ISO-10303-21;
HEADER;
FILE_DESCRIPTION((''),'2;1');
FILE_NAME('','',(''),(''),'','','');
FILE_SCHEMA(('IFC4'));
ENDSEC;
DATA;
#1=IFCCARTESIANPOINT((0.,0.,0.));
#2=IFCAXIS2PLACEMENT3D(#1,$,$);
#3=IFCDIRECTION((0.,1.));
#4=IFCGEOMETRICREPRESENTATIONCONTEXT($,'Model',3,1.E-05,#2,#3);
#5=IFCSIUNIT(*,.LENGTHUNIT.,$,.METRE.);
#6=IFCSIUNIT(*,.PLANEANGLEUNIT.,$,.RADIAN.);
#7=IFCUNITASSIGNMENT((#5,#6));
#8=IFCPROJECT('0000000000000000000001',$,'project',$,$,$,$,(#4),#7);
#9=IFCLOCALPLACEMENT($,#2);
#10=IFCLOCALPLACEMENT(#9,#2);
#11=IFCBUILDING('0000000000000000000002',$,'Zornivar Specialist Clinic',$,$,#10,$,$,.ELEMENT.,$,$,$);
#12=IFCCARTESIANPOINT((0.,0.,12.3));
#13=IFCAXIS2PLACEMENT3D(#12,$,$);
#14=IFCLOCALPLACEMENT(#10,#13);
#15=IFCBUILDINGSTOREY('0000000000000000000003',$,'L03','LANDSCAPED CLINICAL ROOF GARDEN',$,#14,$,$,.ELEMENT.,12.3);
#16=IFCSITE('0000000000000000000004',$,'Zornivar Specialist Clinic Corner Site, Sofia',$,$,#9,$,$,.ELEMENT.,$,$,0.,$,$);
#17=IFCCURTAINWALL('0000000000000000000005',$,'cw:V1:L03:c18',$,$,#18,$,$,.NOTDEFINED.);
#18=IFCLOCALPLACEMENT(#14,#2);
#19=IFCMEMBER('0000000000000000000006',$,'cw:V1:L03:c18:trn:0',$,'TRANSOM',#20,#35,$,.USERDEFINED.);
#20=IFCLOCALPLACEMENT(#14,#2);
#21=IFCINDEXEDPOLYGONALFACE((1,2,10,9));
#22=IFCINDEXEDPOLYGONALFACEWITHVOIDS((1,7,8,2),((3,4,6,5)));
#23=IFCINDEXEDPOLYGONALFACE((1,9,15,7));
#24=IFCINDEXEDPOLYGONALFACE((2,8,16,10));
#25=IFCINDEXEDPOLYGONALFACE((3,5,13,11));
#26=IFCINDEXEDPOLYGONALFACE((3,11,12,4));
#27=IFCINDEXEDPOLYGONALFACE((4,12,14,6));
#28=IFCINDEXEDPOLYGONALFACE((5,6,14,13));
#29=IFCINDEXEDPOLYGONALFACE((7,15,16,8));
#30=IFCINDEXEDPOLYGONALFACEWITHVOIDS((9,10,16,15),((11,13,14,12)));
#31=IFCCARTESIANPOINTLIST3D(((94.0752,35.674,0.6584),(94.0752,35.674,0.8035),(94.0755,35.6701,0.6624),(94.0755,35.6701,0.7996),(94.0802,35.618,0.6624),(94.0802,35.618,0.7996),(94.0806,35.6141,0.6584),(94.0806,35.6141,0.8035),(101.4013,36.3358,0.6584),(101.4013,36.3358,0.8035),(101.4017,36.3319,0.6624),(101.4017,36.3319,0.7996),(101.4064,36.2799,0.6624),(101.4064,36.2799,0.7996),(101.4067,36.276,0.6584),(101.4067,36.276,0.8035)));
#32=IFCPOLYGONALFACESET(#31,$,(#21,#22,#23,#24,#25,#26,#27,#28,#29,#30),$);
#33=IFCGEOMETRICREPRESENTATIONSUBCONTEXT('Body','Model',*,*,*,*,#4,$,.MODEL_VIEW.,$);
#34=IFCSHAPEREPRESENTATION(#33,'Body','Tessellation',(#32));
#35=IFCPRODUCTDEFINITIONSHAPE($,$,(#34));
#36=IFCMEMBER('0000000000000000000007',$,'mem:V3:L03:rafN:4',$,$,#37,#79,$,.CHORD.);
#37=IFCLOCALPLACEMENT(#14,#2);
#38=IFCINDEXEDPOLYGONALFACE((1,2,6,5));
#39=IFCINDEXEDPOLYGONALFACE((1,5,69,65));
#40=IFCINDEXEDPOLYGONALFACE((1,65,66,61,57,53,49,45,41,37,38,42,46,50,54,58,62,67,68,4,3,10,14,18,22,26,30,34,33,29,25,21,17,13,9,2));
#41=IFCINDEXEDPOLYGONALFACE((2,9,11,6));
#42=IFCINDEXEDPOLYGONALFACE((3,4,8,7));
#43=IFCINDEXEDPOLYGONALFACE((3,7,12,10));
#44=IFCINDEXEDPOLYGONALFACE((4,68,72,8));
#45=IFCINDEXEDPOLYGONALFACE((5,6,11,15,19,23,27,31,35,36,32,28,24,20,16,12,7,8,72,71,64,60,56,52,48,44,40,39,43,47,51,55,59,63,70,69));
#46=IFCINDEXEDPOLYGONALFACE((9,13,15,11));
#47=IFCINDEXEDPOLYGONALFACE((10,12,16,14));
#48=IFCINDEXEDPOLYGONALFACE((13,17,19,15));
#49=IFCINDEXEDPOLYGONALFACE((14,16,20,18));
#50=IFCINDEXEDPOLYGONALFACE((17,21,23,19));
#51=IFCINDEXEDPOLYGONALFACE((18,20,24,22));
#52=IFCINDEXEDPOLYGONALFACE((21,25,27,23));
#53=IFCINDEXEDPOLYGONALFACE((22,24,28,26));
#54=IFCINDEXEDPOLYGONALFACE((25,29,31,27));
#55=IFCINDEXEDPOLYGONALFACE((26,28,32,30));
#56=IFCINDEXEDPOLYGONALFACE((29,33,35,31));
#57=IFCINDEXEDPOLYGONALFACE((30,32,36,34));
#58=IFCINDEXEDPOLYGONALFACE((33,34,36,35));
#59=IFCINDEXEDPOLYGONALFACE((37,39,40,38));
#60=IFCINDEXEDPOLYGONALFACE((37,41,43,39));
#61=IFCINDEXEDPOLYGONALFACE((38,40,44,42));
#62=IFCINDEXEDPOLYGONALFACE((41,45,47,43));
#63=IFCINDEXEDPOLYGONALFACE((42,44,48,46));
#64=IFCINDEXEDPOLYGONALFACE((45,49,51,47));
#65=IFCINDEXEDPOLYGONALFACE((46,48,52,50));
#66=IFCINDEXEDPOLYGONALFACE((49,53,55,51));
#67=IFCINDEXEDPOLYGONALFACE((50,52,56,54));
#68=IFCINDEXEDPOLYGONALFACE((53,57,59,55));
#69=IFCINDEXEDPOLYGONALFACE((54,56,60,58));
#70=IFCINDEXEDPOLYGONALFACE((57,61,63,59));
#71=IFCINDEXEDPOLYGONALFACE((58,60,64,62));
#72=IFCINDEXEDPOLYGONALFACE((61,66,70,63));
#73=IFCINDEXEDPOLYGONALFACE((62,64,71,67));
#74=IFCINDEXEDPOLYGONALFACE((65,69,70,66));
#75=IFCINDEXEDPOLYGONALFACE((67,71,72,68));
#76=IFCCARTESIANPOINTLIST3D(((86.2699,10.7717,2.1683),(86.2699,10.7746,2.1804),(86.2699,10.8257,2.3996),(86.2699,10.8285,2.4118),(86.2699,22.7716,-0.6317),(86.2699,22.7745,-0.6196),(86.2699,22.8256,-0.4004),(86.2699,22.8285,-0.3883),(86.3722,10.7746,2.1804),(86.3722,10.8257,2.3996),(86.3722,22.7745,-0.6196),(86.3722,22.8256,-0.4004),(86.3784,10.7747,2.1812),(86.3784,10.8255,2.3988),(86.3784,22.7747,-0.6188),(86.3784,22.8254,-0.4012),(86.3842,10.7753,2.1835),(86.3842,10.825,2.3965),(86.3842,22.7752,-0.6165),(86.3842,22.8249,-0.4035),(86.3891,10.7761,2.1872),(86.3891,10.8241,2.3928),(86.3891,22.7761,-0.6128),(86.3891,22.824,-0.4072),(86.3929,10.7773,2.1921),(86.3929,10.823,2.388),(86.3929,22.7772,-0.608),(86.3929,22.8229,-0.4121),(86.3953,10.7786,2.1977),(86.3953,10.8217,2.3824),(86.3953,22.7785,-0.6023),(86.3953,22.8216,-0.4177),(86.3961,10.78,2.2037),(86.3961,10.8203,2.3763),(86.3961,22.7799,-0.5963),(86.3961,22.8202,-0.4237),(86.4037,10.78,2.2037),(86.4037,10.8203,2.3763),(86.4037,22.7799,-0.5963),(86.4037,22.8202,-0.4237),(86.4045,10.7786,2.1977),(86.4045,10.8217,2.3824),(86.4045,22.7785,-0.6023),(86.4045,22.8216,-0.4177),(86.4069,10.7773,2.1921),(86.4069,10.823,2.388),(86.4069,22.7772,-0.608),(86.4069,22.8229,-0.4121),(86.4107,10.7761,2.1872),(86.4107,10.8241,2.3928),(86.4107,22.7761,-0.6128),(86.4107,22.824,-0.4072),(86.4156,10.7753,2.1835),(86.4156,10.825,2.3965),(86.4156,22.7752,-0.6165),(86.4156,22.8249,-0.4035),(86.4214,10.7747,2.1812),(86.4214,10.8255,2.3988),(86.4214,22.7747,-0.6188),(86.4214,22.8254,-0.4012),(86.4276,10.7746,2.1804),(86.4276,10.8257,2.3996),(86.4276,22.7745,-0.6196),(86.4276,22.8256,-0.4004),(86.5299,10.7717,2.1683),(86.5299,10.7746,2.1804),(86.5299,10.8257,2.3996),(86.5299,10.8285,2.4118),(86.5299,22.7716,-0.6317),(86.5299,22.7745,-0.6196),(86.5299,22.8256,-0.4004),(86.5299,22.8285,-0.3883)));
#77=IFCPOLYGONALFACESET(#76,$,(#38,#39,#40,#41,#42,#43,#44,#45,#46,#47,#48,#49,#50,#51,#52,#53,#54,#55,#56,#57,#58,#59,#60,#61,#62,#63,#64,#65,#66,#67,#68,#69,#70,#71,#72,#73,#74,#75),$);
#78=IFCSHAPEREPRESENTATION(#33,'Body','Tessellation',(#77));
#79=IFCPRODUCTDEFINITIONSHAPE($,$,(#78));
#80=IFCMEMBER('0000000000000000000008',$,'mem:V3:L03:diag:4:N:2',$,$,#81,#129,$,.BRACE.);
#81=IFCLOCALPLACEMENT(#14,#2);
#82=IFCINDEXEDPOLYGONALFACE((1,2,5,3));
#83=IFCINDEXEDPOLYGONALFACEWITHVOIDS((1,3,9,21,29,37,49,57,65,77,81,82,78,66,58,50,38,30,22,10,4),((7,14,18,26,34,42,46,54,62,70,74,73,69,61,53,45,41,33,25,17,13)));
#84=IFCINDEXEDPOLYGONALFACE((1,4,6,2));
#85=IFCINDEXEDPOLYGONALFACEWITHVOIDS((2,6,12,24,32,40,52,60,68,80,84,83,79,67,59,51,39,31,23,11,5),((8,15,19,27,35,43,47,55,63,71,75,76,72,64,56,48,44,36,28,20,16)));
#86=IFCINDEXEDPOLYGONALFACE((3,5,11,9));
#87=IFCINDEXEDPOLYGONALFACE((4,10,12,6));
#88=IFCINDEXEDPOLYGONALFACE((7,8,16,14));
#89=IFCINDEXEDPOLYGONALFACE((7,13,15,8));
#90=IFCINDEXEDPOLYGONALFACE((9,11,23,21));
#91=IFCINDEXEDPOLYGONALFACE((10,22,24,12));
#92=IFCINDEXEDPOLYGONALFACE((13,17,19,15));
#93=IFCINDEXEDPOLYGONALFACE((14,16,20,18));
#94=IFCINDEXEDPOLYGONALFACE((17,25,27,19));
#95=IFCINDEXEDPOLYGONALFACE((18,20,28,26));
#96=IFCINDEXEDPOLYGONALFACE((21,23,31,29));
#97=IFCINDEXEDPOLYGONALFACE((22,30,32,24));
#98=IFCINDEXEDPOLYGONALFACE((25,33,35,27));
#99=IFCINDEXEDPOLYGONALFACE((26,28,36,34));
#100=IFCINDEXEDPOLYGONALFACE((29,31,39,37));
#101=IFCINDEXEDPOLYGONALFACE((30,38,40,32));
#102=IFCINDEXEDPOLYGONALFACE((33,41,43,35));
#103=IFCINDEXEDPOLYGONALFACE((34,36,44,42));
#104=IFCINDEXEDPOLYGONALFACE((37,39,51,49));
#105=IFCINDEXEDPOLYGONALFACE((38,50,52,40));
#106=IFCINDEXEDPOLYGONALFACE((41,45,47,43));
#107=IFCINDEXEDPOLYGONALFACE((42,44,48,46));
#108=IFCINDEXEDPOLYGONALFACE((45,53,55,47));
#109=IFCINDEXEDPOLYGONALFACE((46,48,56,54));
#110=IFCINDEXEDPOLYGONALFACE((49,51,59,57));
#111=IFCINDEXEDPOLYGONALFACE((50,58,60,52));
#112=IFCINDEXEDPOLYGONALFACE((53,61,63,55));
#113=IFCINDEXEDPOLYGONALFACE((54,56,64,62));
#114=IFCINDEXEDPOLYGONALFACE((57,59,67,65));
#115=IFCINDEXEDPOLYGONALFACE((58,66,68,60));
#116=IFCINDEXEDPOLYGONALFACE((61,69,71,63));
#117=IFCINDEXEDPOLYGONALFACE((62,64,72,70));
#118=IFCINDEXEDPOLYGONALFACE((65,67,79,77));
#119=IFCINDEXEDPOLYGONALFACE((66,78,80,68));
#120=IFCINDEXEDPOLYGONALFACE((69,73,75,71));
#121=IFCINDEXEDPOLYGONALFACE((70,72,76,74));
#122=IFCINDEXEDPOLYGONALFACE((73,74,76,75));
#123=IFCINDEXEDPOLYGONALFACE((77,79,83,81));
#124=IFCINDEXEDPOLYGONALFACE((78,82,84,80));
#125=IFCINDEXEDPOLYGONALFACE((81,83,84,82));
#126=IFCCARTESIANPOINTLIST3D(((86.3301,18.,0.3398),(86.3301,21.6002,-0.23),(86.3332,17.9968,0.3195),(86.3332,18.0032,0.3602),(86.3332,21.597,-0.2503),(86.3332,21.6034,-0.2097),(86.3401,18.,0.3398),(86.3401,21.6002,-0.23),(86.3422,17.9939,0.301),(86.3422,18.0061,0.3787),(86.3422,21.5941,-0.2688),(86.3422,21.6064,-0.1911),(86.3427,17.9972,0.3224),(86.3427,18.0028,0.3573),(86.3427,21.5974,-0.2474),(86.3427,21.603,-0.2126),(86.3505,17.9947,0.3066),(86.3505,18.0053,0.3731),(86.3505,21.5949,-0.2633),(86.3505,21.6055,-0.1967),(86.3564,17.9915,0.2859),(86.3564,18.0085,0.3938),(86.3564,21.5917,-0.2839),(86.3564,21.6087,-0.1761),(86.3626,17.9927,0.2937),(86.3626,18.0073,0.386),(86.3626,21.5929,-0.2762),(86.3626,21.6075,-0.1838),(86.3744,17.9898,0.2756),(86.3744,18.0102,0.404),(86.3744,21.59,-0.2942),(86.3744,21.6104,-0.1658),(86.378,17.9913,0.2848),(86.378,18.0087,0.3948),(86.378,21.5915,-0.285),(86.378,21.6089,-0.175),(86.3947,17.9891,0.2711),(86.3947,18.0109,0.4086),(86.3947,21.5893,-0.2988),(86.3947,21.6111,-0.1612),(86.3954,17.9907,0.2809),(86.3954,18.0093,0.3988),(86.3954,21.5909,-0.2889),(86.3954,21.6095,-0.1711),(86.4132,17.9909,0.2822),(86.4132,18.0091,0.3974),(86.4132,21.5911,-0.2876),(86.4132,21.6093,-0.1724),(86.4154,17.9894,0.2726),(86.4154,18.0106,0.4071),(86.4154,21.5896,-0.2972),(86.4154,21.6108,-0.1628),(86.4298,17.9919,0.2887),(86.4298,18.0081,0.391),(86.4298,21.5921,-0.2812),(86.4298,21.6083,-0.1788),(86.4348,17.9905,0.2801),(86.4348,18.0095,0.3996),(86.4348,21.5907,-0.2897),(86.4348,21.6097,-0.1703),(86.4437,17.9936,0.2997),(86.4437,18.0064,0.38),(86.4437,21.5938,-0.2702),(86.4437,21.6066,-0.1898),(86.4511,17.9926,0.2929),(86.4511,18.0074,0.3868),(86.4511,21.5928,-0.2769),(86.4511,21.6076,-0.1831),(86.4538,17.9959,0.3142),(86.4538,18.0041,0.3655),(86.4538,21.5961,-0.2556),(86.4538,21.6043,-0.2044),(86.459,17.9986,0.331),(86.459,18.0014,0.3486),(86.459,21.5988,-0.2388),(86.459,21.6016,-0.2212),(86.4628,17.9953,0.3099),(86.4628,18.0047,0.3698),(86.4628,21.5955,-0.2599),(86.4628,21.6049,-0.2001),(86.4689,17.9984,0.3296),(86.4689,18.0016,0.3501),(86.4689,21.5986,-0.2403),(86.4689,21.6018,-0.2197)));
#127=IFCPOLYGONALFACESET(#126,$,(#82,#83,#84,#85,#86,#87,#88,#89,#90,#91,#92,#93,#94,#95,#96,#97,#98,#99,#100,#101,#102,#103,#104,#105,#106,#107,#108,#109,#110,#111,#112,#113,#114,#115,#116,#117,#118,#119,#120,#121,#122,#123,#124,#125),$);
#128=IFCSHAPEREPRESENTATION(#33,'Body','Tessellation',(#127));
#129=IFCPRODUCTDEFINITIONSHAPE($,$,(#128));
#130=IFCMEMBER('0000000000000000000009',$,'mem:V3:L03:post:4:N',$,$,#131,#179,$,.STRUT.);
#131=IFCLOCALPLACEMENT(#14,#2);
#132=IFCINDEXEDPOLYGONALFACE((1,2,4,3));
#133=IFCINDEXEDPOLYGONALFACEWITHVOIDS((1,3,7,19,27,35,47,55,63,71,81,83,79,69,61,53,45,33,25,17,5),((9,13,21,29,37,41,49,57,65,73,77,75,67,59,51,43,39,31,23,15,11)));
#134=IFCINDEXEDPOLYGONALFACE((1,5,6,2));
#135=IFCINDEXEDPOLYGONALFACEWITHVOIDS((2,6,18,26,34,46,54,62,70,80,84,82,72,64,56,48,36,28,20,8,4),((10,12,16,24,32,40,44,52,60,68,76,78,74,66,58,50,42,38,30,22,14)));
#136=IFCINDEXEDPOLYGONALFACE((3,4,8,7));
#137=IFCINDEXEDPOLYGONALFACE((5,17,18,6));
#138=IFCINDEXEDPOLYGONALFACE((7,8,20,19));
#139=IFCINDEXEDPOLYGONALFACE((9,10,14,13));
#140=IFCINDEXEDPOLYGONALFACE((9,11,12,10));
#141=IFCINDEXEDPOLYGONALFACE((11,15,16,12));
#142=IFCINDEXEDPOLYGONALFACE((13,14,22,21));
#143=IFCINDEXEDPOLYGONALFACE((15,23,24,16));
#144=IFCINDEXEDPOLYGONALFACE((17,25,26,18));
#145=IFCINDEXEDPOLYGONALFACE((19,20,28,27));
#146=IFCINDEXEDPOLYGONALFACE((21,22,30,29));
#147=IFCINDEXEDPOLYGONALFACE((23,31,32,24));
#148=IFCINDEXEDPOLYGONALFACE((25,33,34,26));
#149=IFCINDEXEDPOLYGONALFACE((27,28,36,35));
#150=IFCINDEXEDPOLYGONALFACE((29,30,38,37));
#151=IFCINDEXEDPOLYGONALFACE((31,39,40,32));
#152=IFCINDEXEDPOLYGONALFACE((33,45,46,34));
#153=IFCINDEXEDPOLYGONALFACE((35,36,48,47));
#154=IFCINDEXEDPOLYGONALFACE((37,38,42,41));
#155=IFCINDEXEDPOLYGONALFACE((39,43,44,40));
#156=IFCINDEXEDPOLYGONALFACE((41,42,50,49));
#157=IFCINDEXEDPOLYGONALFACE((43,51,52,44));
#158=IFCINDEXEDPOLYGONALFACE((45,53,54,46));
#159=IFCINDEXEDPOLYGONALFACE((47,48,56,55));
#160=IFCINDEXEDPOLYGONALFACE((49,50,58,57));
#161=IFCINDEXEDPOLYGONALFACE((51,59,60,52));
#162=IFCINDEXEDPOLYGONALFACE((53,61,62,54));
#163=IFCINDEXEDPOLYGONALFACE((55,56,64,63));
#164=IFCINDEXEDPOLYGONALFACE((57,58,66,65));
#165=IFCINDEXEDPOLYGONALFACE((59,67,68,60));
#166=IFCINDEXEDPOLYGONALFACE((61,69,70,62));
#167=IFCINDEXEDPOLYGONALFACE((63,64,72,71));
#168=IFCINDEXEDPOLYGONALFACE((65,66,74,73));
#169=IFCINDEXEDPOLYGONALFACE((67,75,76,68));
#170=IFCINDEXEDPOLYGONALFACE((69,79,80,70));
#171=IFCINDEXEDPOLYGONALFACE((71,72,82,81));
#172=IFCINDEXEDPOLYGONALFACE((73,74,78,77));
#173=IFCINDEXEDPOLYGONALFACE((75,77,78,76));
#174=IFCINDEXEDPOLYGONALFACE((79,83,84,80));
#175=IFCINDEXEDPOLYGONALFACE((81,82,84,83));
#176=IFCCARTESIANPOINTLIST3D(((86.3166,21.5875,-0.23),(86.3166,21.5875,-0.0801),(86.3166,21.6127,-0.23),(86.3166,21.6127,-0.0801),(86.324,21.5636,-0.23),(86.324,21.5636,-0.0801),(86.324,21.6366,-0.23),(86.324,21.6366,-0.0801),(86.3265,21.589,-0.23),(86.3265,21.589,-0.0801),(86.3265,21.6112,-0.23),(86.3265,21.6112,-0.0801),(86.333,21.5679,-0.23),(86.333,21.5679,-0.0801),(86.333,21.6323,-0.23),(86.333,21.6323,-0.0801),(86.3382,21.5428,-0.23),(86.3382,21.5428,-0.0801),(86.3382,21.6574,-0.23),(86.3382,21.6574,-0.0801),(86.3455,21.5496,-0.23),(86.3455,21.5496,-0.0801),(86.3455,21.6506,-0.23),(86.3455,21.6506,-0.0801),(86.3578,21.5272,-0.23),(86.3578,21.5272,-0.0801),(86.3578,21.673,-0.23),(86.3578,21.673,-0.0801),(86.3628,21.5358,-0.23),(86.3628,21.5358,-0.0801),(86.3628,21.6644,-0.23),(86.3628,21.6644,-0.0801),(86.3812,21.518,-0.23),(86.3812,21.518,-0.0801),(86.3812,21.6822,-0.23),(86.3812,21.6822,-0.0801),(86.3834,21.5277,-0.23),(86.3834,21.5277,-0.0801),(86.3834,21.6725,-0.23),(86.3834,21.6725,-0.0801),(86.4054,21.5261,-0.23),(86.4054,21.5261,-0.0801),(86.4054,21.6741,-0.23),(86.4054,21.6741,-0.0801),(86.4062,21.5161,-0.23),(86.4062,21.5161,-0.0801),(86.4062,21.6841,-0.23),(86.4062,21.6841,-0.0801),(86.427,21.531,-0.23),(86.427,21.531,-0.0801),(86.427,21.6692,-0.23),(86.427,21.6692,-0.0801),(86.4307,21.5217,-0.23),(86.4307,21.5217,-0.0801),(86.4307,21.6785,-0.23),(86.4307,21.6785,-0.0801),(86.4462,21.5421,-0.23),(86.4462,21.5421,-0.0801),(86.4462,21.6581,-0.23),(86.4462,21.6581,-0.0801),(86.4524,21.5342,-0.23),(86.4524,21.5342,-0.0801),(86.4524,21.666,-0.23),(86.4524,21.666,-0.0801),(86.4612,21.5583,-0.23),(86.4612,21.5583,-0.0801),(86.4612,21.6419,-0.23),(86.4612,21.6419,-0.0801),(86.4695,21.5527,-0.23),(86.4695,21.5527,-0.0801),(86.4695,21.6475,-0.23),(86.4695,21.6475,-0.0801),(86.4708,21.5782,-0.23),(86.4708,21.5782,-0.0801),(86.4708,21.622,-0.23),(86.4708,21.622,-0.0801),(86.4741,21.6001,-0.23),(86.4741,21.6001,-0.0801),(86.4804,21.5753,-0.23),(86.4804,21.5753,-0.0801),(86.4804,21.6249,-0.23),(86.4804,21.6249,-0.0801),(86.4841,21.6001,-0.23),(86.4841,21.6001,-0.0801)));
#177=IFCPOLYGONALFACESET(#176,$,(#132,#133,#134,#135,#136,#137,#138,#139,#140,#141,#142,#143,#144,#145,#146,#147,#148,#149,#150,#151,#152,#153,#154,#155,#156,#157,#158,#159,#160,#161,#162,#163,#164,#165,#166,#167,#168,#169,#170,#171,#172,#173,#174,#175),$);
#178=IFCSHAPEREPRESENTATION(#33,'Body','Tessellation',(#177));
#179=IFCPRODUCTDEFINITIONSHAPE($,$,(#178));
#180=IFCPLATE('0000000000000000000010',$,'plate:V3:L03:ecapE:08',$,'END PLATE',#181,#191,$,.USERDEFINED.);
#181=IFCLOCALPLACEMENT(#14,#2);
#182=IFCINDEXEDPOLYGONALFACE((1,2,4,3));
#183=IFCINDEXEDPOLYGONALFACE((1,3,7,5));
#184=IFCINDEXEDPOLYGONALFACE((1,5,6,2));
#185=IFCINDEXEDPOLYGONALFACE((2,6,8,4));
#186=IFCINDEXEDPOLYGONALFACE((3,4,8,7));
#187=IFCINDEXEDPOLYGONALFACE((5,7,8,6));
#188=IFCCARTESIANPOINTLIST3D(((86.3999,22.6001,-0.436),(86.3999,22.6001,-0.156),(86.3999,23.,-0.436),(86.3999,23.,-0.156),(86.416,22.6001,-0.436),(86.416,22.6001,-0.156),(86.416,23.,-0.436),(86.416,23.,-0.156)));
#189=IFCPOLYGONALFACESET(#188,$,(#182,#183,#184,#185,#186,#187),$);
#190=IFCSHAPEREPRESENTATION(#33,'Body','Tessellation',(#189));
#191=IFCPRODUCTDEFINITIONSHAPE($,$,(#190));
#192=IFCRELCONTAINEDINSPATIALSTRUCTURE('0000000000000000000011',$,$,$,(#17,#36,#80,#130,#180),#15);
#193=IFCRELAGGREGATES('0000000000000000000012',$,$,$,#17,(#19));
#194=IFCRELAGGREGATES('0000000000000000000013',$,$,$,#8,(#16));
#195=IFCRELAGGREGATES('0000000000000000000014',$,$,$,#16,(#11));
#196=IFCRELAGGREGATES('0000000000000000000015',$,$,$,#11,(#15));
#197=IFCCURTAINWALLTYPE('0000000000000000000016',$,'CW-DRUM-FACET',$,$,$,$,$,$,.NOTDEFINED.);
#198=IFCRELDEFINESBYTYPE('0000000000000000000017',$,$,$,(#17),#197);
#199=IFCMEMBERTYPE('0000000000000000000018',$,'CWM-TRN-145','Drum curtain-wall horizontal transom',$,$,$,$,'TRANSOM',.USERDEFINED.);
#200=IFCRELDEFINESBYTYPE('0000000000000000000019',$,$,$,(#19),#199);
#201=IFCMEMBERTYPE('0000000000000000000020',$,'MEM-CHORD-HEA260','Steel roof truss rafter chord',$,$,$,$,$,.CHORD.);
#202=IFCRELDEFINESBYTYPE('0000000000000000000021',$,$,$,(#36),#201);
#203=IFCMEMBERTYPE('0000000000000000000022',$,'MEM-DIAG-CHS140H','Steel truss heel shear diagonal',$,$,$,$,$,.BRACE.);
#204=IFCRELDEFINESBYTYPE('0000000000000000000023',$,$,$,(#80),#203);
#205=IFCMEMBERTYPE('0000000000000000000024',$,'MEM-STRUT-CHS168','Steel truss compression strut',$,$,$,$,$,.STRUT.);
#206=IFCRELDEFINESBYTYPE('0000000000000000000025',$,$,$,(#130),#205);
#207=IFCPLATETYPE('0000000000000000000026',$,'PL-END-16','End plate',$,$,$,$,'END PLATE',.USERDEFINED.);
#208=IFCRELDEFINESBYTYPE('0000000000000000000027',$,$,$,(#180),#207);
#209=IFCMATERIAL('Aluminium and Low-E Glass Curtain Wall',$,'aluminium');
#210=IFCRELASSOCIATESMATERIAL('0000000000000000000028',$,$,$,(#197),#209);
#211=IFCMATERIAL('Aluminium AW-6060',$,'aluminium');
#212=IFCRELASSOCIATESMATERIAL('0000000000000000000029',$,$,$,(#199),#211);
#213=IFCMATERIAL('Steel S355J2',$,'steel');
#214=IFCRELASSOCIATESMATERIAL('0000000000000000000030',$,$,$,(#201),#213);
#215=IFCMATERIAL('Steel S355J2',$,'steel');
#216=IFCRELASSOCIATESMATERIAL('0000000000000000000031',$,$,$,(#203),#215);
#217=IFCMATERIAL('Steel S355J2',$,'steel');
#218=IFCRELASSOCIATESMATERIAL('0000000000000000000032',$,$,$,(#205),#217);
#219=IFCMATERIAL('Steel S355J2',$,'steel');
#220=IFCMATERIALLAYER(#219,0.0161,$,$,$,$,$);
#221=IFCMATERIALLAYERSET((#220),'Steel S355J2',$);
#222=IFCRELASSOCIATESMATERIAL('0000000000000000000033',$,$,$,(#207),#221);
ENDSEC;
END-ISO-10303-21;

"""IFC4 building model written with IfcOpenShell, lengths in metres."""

from ifc_helpers import new_model, si_unit, direction, frame, origin, origin_2d, place, context, subcontext, project, spatial, rectangle, hollow_rectangle, hollow_circle, i_section, extrude, material, layer, layer_set, material_profile, profile_set, type_object, element, aggregate, save


model = new_model("IFC4")

# Units and contexts
model_context = context("Model", 3, precision=1e-05, world=origin(), true_north=direction((0.0, 1.0)))
body_context = subcontext(model_context, "Body", "Model", "MODEL_VIEW")
ifc_project = project(units=[si_unit("LENGTHUNIT", "METRE"), si_unit("PLANEANGLEUNIT", "RADIAN")], contexts=[model_context])

# Site, building, storey
site_placement = place(None, origin())
site = spatial("IfcSite", under=ifc_project, at=site_placement, Name="Zornivar Specialist Clinic Corner Site, Sofia", CompositionType="ELEMENT", RefElevation=0.0)
building_placement = place(site_placement, origin())
building = spatial("IfcBuilding", under=site, at=building_placement, Name="Zornivar Specialist Clinic", CompositionType="ELEMENT")
storey_placement = place(building_placement, frame((0.0, 0.0, 12.3)))
storey = spatial("IfcBuildingStorey", under=building, at=storey_placement, Name="L03", Description="LANDSCAPED CLINICAL ROOF GARDEN", CompositionType="ELEMENT", Elevation=12.3)

# Shared definitions
ifc_material_1 = material(Name="Aluminium and Low-E Glass Curtain Wall", Category="aluminium")
curtain_wall_type = type_object("IfcCurtainWallType", Name="CW-DRUM-FACET", PredefinedType="NOTDEFINED", material=ifc_material_1)

# Curtain wall, member
curtain_wall_1_placement = place(storey_placement, origin())
curtain_wall_1 = element("IfcCurtainWall", 1, at=curtain_wall_1_placement, inside=storey, type_object=curtain_wall_type, Name="cw:V1:L03:c18", PredefinedType="NOTDEFINED")
ifc_material_2 = material(Name="Aluminium AW-6060", Category="aluminium")
ifc_material_profile_1 = material_profile(ifc_material_2, hollow_rectangle(XDim=0.0601, YDim=0.145, WallThickness=0.0039, at=origin_2d()), Name="ALU 60x145x4")
ifc_profile_set_1 = profile_set([ifc_material_profile_1], Name="Aluminium AW-6060")
member_type_1 = type_object("IfcMemberType", Name="CWM-TRN-145", Description="Drum curtain-wall horizontal transom", ElementType="TRANSOM", PredefinedType="USERDEFINED", material=ifc_profile_set_1)
member_1_placement = place(storey_placement, frame((94.0779, 35.644, 0.731), z_axis=(0.995944, 0.089976, 0.0), x_axis=(-0.089976, 0.995944, 0.0)))
member_1 = element("IfcMember", 2, at=member_1_placement, type_object=member_type_1, Name="cw:V1:L03:c18:trn:0", ObjectType="TRANSOM", PredefinedType="USERDEFINED", context=body_context, shape_type="SweptSolid", body=[
    extrude(hollow_rectangle(XDim=0.0601, YDim=0.145, WallThickness=0.0039, at=origin_2d()), origin(), (0.0, 0.0, 1.0), 7.356),
])
aggregate(curtain_wall_1, [member_1])

# Members
ifc_material_3 = material(Name="Steel S355J2", Category="steel")
ifc_material_profile_2 = material_profile(ifc_material_3, i_section(OverallWidth=0.26, OverallDepth=0.25, WebThickness=0.0076, FlangeThickness=0.0125, FilletRadius=0.0239, at=origin_2d()), Name="HEA 260")
ifc_profile_set_2 = profile_set([ifc_material_profile_2], Name="Steel S355J2")
member_type_2 = type_object("IfcMemberType", Name="MEM-CHORD-HEA260", Description="Steel roof truss rafter chord", PredefinedType="CHORD", material=ifc_profile_set_2)
member_2_placement = place(storey_placement, frame((86.3999, 22.8, -0.51), z_axis=(0.0, -0.97384, 0.227233), x_axis=(1.0, 0.0, 0.0)))
element("IfcMember", 3, at=member_2_placement, inside=storey, type_object=member_type_2, Name="mem:V3:L03:rafN:4", PredefinedType="CHORD", context=body_context, shape_type="SweptSolid", body=[
    extrude(i_section(OverallWidth=0.26, OverallDepth=0.25, WebThickness=0.0076, FlangeThickness=0.0125, FilletRadius=0.0239, at=origin_2d()), origin(), (0.0, 0.0, 1.0), 12.3223),
])
ifc_material_4 = material(Name="Steel S355J2", Category="steel")
ifc_material_profile_3 = material_profile(ifc_material_4, hollow_circle(Radius=0.0698, WallThickness=0.01, at=origin_2d()), Name="CHS 139.7x10")
ifc_profile_set_3 = profile_set([ifc_material_profile_3], Name="Steel S355J2")
member_type_3 = type_object("IfcMemberType", Name="MEM-DIAG-CHS140H", Description="Steel truss heel shear diagonal", PredefinedType="BRACE", material=ifc_profile_set_3)
member_3_placement = place(storey_placement, frame((86.3999, 18.0, 0.3398), z_axis=(0.0, 0.987704, -0.156334), x_axis=(-1.0, 0.0, 0.0)))
element("IfcMember", 4, at=member_3_placement, inside=storey, type_object=member_type_3, Name="mem:V3:L03:diag:4:N:2", PredefinedType="BRACE", context=body_context, shape_type="SweptSolid", body=[
    extrude(hollow_circle(Radius=0.0698, WallThickness=0.01, at=origin_2d()), origin(), (0.0, 0.0, 1.0), 3.645),
])
ifc_material_5 = material(Name="Steel S355J2", Category="steel")
ifc_material_profile_4 = material_profile(ifc_material_5, hollow_circle(Radius=0.0842, WallThickness=0.01, at=origin_2d()), Name="CHS 168.3x10")
ifc_profile_set_4 = profile_set([ifc_material_profile_4], Name="Steel S355J2")
member_type_4 = type_object("IfcMemberType", Name="MEM-STRUT-CHS168", Description="Steel truss compression strut", PredefinedType="STRUT", material=ifc_profile_set_4)
member_4_placement = place(storey_placement, frame((86.3999, 21.6001, -0.0801), z_axis=(0.0, 0.0, -1.0), x_axis=(1.0, 0.0, 0.0)))
element("IfcMember", 5, at=member_4_placement, inside=storey, type_object=member_type_4, Name="mem:V3:L03:post:4:N", PredefinedType="STRUT", context=body_context, shape_type="SweptSolid", body=[
    extrude(hollow_circle(Radius=0.0842, WallThickness=0.01, at=origin_2d()), origin(), (0.0, 0.0, 1.0), 0.1499),
])

# Plate
ifc_material_6 = material(Name="Steel S355J2", Category="steel")
ifc_layer_1 = layer(ifc_material_6, 0.0161)
ifc_layer_set_1 = layer_set([ifc_layer_1], Name="Steel S355J2")
plate_type_1 = type_object("IfcPlateType", Name="PL-END-16", Description="End plate", ElementType="END PLATE", PredefinedType="USERDEFINED", material=ifc_layer_set_1)
plate_1_placement = place(storey_placement, frame((86.408, 22.8, -0.436), z_axis=(0.0, 0.0, 1.0), x_axis=(1.0, 0.0, 0.0)))
element("IfcPlate", 6, at=plate_1_placement, inside=storey, type_object=plate_type_1, Name="plate:V3:L03:ecapE:08", ObjectType="END PLATE", PredefinedType="USERDEFINED", context=body_context, shape_type="SweptSolid", body=[
    extrude(rectangle(XDim=0.0161, YDim=0.3999, at=origin_2d()), origin(), (0.0, 0.0, 1.0), 0.28),
])

save(model, "model.ifc")
